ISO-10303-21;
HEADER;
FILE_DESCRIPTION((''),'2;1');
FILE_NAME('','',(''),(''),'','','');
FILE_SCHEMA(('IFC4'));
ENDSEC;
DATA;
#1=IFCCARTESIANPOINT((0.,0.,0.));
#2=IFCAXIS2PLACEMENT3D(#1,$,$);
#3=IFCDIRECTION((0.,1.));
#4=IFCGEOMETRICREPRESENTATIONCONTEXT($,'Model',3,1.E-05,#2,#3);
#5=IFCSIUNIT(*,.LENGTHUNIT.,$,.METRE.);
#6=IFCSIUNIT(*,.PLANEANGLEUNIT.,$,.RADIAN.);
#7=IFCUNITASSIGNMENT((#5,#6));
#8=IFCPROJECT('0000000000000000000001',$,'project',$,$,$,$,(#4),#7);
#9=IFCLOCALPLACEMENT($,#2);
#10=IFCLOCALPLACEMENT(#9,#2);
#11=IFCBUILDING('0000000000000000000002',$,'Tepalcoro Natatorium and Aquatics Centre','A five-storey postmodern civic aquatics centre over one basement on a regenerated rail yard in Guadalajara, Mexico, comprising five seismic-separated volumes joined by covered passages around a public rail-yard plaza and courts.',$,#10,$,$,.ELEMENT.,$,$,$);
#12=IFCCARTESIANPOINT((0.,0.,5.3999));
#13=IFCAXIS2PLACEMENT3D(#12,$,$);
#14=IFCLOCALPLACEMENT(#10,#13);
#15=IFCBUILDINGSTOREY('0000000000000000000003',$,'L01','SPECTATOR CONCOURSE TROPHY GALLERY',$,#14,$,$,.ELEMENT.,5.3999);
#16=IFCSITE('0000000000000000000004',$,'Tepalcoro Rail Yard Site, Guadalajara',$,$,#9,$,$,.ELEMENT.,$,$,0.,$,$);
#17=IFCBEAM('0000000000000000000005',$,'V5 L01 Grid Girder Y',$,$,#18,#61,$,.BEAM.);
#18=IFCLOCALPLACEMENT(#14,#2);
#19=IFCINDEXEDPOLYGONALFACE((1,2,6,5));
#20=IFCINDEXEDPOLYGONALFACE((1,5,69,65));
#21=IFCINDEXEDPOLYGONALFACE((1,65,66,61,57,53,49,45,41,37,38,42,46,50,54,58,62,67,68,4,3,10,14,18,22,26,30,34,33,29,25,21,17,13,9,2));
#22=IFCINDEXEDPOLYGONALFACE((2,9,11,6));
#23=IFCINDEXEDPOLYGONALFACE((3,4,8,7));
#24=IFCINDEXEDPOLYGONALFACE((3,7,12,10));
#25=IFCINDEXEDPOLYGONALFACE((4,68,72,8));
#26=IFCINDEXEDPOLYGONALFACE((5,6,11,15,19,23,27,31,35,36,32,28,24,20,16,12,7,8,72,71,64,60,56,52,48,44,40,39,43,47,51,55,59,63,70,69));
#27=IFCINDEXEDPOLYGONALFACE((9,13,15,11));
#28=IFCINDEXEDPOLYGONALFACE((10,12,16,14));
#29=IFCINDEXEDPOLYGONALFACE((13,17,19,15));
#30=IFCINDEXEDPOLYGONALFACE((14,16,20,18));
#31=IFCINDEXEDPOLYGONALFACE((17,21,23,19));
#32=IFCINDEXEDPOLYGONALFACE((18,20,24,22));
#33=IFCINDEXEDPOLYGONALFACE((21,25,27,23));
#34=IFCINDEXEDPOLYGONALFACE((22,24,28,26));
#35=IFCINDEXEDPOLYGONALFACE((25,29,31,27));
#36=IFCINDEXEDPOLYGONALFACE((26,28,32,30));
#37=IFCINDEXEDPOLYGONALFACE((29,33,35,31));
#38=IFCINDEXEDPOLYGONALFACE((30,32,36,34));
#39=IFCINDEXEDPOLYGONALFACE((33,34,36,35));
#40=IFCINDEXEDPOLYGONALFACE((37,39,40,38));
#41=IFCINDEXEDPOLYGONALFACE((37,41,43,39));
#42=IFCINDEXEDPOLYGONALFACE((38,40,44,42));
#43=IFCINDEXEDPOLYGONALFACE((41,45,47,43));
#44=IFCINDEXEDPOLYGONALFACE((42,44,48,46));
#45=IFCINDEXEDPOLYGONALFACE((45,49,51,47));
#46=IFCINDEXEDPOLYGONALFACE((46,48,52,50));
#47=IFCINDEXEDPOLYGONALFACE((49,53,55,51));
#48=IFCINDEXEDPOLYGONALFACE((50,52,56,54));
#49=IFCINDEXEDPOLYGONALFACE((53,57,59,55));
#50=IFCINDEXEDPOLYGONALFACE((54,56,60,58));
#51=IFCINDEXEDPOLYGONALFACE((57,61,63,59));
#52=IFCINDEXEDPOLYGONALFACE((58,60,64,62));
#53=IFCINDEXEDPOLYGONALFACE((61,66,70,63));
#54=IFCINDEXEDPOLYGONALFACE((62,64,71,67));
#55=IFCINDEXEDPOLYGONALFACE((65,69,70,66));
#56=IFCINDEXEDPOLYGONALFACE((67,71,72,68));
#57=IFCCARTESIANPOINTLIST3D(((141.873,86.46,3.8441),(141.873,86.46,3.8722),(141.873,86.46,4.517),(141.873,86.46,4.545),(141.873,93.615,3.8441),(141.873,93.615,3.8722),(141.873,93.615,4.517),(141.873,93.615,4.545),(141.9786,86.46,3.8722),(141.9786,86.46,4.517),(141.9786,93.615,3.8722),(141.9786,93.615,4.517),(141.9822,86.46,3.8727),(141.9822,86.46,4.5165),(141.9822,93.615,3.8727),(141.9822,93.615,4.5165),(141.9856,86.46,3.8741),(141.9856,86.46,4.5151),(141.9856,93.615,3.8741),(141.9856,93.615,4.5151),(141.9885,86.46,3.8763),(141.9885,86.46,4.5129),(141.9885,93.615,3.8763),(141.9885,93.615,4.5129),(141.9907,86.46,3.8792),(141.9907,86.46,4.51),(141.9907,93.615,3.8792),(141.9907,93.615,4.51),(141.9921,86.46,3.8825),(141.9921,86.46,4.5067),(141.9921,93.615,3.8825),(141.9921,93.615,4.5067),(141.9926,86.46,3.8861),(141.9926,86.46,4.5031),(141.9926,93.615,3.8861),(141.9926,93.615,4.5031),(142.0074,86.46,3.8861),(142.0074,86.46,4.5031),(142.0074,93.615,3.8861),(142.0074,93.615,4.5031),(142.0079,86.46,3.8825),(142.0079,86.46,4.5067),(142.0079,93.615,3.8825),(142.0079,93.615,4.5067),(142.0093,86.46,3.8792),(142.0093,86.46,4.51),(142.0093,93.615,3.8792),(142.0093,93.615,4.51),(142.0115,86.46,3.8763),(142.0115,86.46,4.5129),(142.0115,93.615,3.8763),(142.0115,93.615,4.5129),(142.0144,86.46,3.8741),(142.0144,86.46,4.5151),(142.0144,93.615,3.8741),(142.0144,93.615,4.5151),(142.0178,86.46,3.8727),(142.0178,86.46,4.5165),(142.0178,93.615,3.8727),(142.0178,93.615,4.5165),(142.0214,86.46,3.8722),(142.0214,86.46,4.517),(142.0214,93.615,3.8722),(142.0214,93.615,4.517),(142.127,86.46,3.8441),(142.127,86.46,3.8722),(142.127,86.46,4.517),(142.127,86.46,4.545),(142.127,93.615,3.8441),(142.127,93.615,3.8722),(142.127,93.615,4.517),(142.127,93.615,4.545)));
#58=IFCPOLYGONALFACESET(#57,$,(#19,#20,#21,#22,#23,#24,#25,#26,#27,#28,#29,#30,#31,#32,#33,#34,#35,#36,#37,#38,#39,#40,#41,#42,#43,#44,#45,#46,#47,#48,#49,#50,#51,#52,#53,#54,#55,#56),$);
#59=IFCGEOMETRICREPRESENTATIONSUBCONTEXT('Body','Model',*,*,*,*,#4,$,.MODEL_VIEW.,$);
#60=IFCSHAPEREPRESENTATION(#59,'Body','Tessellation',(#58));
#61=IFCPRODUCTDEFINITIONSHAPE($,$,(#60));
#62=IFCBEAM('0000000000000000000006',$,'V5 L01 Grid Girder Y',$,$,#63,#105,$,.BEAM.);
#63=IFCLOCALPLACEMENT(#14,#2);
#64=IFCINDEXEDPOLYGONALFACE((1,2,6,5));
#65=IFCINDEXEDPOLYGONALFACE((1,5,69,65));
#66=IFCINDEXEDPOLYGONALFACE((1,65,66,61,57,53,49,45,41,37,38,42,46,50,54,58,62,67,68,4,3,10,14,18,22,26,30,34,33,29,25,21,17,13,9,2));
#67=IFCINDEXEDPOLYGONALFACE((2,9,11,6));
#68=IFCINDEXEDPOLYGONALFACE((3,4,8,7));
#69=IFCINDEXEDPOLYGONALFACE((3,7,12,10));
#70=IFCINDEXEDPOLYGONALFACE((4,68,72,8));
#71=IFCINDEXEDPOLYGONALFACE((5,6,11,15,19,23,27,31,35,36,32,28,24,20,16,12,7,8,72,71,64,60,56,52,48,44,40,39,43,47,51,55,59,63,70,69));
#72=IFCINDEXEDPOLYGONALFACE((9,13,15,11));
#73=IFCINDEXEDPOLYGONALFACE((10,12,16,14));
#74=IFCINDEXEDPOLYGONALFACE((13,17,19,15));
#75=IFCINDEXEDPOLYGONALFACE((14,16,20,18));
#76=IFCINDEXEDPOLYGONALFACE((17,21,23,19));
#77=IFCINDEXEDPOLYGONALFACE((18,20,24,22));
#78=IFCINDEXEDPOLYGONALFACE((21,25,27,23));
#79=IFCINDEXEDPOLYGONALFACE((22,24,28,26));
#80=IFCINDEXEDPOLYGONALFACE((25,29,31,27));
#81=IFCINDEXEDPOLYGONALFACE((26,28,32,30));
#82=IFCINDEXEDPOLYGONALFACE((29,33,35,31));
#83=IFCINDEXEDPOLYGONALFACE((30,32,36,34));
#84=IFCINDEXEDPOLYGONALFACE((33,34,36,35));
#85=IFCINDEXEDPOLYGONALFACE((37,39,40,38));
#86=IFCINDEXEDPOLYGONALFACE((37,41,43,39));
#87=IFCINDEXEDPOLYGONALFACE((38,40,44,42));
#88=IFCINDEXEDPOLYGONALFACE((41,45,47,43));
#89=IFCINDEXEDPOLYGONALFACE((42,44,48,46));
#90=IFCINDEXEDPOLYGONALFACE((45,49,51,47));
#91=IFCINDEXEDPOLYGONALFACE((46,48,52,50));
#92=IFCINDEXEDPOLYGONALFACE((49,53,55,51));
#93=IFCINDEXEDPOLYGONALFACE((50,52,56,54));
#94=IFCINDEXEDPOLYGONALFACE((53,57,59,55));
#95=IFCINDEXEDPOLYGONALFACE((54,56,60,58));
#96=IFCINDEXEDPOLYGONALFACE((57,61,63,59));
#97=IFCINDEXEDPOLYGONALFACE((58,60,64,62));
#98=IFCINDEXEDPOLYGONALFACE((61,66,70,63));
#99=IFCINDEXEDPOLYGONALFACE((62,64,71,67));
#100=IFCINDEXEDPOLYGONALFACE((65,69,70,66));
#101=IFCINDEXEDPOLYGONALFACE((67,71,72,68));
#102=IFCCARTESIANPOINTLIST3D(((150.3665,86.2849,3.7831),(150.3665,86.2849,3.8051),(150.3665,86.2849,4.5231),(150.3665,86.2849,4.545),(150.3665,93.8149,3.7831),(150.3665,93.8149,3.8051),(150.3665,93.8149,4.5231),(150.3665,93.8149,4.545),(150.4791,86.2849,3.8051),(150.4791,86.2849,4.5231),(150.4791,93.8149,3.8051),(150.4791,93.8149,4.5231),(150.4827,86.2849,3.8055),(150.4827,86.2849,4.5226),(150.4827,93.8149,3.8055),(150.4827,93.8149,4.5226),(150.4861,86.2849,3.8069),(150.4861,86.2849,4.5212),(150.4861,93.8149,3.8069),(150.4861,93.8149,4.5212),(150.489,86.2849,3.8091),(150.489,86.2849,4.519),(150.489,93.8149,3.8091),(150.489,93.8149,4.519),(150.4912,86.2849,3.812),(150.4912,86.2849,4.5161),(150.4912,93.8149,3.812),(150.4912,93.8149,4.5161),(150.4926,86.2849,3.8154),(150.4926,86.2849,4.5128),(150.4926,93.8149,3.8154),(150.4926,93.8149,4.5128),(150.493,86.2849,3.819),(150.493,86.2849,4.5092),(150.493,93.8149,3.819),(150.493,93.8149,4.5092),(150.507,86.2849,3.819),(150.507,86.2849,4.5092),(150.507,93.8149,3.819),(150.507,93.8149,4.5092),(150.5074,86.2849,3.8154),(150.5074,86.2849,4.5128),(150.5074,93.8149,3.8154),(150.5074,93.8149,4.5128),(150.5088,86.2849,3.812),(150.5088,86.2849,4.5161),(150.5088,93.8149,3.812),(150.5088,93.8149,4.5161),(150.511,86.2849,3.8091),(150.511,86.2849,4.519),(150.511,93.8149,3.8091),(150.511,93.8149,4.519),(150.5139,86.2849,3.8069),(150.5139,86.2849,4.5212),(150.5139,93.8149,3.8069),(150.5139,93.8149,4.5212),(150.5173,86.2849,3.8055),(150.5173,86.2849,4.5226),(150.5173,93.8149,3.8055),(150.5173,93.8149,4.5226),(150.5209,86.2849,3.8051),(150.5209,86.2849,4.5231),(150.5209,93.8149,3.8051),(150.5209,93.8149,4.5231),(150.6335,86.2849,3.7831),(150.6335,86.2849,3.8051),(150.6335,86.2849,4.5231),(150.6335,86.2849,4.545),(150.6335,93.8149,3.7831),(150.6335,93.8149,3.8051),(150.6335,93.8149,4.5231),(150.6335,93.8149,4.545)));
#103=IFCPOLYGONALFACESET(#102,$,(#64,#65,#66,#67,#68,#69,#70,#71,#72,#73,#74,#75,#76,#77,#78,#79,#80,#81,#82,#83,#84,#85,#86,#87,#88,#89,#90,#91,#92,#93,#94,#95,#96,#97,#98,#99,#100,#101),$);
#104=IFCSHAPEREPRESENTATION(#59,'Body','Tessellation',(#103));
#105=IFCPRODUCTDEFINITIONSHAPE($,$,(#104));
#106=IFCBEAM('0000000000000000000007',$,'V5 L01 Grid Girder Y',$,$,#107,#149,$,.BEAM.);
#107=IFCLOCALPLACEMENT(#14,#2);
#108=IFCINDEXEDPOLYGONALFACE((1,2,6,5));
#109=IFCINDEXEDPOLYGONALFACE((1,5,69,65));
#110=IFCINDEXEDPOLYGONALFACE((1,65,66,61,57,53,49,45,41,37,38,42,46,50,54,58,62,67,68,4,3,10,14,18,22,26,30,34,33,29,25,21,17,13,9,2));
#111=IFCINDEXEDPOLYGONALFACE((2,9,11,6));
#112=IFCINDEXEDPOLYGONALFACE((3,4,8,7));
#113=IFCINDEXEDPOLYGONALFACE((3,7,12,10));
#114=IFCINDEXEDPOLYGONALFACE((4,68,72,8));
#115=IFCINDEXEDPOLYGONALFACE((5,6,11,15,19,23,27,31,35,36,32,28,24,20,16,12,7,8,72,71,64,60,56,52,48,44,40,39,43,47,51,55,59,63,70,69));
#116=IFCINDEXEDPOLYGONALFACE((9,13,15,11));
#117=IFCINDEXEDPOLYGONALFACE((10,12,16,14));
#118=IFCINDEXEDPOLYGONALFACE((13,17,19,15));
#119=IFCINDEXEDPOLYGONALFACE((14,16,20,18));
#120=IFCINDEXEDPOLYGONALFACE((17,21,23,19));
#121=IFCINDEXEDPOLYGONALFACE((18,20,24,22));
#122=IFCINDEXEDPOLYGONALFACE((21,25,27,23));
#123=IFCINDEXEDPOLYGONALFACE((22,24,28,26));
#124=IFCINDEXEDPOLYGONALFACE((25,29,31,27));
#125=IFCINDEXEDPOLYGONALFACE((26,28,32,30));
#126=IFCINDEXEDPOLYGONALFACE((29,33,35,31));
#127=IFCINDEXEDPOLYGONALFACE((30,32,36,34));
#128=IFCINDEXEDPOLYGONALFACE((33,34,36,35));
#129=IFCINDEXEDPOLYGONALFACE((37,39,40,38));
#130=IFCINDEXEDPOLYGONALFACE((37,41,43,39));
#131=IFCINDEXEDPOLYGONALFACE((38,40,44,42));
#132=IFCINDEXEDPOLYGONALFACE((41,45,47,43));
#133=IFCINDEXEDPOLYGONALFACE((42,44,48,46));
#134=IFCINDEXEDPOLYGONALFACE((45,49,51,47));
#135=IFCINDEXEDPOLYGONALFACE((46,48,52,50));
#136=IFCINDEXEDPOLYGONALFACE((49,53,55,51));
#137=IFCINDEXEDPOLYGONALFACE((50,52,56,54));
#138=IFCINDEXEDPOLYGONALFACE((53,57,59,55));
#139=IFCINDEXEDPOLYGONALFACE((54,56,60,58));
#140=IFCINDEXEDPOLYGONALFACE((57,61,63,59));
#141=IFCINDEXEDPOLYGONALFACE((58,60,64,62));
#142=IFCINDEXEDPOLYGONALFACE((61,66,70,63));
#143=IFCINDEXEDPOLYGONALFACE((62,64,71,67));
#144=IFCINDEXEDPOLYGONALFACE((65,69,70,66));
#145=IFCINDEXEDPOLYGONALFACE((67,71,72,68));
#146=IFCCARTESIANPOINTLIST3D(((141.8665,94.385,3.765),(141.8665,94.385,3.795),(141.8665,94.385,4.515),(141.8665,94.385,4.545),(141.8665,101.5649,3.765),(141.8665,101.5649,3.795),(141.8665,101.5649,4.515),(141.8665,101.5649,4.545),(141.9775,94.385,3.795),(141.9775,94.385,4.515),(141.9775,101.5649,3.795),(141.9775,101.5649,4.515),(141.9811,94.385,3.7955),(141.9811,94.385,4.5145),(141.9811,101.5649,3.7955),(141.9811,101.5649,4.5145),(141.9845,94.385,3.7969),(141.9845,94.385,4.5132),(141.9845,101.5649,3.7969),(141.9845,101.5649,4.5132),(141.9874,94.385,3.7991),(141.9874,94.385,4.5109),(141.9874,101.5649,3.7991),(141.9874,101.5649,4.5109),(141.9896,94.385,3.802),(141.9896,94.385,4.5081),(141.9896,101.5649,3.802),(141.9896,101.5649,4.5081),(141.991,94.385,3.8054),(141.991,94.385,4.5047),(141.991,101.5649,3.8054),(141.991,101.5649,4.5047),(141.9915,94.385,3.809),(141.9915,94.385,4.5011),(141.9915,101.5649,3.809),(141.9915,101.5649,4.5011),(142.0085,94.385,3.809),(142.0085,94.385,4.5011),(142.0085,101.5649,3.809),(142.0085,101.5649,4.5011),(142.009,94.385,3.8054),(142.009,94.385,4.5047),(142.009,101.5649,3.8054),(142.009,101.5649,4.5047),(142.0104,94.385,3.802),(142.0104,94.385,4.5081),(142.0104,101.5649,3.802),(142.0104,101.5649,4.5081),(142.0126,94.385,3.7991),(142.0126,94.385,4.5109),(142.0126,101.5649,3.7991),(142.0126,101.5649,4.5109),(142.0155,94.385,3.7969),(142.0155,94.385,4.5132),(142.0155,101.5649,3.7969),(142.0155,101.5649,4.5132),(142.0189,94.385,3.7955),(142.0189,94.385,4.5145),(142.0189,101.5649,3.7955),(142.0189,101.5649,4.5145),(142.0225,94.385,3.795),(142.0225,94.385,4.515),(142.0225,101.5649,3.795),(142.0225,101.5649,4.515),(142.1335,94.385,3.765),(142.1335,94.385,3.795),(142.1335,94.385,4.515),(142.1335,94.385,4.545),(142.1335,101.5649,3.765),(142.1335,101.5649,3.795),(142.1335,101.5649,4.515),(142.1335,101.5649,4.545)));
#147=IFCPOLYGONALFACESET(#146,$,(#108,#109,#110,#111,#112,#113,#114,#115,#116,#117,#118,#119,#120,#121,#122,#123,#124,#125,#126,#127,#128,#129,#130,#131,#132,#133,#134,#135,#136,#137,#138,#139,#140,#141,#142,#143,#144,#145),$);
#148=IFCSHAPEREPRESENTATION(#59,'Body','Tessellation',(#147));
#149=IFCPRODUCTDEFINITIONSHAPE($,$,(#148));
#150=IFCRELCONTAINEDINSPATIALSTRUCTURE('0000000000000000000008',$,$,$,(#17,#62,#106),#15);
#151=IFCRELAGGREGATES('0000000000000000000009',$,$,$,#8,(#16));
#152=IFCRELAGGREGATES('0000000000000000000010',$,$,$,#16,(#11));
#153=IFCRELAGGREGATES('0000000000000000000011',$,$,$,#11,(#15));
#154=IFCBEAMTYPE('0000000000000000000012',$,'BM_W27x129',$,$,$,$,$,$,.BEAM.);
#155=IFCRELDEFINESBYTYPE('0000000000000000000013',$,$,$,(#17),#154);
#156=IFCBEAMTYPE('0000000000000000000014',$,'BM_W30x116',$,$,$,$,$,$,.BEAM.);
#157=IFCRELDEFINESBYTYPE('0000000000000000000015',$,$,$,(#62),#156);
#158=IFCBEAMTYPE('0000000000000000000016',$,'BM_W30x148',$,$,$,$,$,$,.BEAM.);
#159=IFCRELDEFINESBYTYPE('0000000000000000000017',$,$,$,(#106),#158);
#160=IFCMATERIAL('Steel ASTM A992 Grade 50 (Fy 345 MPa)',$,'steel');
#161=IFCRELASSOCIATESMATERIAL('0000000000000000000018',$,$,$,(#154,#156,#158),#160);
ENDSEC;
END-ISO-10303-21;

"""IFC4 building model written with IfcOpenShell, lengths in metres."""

from ifc_helpers import new_model, si_unit, direction, frame, origin, origin_2d, place, context, subcontext, project, spatial, i_section, extrude, material, material_profile, profile_set, type_object, element, save


model = new_model("IFC4")

# Units and contexts
model_context = context("Model", 3, precision=1e-05, world=origin(), true_north=direction((0.0, 1.0)))
body_context = subcontext(model_context, "Body", "Model", "MODEL_VIEW")
ifc_project = project(units=[si_unit("LENGTHUNIT", "METRE"), si_unit("PLANEANGLEUNIT", "RADIAN")], contexts=[model_context])

# Site, building, storey
site_placement = place(None, origin())
site = spatial("IfcSite", under=ifc_project, at=site_placement, Name="Tepalcoro Rail Yard Site, Guadalajara", CompositionType="ELEMENT", RefElevation=0.0)
building_placement = place(site_placement, origin())
building = spatial("IfcBuilding", under=site, at=building_placement, Name="Tepalcoro Natatorium and Aquatics Centre", Description="A five-storey postmodern civic aquatics centre over one basement on a regenerated rail yard in Guadalajara, Mexico, comprising five seismic-separated volumes joined by covered passages around a public rail-yard plaza and courts.", CompositionType="ELEMENT")
storey_placement = place(building_placement, frame((0.0, 0.0, 5.3999)))
storey = spatial("IfcBuildingStorey", under=building, at=storey_placement, Name="L01", Description="SPECTATOR CONCOURSE TROPHY GALLERY", CompositionType="ELEMENT", Elevation=5.3999)

# Beams
ifc_material_1 = material(Name="Steel ASTM A992 Grade 50 (Fy 345 MPa)", Category="steel")
ifc_material_profile_1 = material_profile(ifc_material_1, i_section(OverallWidth=0.2539, OverallDepth=0.7009, WebThickness=0.0149, FlangeThickness=0.0281, FilletRadius=0.0139, at=origin_2d()), Name="W27X129")
ifc_profile_set_1 = profile_set([ifc_material_profile_1], Name="Steel ASTM A992 Grade 50 (Fy 345 MPa)")
beam_type_1 = type_object("IfcBeamType", Name="BM_W27x129", PredefinedType="BEAM", material=ifc_profile_set_1)
beam_1_placement = place(storey_placement, frame((142.0, 86.46, 4.1946), z_axis=(0.0, 1.0, 0.0), x_axis=(-1.0, 0.0, 0.0)))
element("IfcBeam", 1, at=beam_1_placement, inside=storey, type_object=beam_type_1, Name="V5 L01 Grid Girder Y", PredefinedType="BEAM", context=body_context, shape_type="SweptSolid", body=[
    extrude(i_section(OverallWidth=0.2539, OverallDepth=0.7009, WebThickness=0.0149, FlangeThickness=0.0281, FilletRadius=0.0139, at=origin_2d()), origin(), (0.0, 0.0, 1.0), 7.155),
])
ifc_material_profile_2 = material_profile(ifc_material_1, i_section(OverallWidth=0.2671, OverallDepth=0.762, WebThickness=0.0139, FlangeThickness=0.022, FilletRadius=0.0139, at=origin_2d()), Name="W30X116")
ifc_profile_set_2 = profile_set([ifc_material_profile_2], Name="Steel ASTM A992 Grade 50 (Fy 345 MPa)")
beam_type_2 = type_object("IfcBeamType", Name="BM_W30x116", PredefinedType="BEAM", material=ifc_profile_set_2)
beam_2_placement = place(storey_placement, frame((150.5, 86.2849, 4.1641), z_axis=(0.0, 1.0, 0.0), x_axis=(-1.0, 0.0, 0.0)))
element("IfcBeam", 2, at=beam_2_placement, inside=storey, type_object=beam_type_2, Name="V5 L01 Grid Girder Y", PredefinedType="BEAM", context=body_context, shape_type="SweptSolid", body=[
    extrude(i_section(OverallWidth=0.2671, OverallDepth=0.762, WebThickness=0.0139, FlangeThickness=0.022, FilletRadius=0.0139, at=origin_2d()), origin(), (0.0, 0.0, 1.0), 7.53),
])
ifc_material_profile_3 = material_profile(ifc_material_1, i_section(OverallWidth=0.2671, OverallDepth=0.78, WebThickness=0.0171, FlangeThickness=0.03, FilletRadius=0.0139, at=origin_2d()), Name="W30X148")
ifc_profile_set_3 = profile_set([ifc_material_profile_3], Name="Steel ASTM A992 Grade 50 (Fy 345 MPa)")
beam_type_3 = type_object("IfcBeamType", Name="BM_W30x148", PredefinedType="BEAM", material=ifc_profile_set_3)
beam_3_placement = place(storey_placement, frame((142.0, 94.385, 4.155), z_axis=(0.0, 1.0, 0.0), x_axis=(-1.0, 0.0, 0.0)))
element("IfcBeam", 3, at=beam_3_placement, inside=storey, type_object=beam_type_3, Name="V5 L01 Grid Girder Y", PredefinedType="BEAM", context=body_context, shape_type="SweptSolid", body=[
    extrude(i_section(OverallWidth=0.2671, OverallDepth=0.78, WebThickness=0.0171, FlangeThickness=0.03, FilletRadius=0.0139, at=origin_2d()), origin(), (0.0, 0.0, 1.0), 7.1799),
])

save(model, "model.ifc")
